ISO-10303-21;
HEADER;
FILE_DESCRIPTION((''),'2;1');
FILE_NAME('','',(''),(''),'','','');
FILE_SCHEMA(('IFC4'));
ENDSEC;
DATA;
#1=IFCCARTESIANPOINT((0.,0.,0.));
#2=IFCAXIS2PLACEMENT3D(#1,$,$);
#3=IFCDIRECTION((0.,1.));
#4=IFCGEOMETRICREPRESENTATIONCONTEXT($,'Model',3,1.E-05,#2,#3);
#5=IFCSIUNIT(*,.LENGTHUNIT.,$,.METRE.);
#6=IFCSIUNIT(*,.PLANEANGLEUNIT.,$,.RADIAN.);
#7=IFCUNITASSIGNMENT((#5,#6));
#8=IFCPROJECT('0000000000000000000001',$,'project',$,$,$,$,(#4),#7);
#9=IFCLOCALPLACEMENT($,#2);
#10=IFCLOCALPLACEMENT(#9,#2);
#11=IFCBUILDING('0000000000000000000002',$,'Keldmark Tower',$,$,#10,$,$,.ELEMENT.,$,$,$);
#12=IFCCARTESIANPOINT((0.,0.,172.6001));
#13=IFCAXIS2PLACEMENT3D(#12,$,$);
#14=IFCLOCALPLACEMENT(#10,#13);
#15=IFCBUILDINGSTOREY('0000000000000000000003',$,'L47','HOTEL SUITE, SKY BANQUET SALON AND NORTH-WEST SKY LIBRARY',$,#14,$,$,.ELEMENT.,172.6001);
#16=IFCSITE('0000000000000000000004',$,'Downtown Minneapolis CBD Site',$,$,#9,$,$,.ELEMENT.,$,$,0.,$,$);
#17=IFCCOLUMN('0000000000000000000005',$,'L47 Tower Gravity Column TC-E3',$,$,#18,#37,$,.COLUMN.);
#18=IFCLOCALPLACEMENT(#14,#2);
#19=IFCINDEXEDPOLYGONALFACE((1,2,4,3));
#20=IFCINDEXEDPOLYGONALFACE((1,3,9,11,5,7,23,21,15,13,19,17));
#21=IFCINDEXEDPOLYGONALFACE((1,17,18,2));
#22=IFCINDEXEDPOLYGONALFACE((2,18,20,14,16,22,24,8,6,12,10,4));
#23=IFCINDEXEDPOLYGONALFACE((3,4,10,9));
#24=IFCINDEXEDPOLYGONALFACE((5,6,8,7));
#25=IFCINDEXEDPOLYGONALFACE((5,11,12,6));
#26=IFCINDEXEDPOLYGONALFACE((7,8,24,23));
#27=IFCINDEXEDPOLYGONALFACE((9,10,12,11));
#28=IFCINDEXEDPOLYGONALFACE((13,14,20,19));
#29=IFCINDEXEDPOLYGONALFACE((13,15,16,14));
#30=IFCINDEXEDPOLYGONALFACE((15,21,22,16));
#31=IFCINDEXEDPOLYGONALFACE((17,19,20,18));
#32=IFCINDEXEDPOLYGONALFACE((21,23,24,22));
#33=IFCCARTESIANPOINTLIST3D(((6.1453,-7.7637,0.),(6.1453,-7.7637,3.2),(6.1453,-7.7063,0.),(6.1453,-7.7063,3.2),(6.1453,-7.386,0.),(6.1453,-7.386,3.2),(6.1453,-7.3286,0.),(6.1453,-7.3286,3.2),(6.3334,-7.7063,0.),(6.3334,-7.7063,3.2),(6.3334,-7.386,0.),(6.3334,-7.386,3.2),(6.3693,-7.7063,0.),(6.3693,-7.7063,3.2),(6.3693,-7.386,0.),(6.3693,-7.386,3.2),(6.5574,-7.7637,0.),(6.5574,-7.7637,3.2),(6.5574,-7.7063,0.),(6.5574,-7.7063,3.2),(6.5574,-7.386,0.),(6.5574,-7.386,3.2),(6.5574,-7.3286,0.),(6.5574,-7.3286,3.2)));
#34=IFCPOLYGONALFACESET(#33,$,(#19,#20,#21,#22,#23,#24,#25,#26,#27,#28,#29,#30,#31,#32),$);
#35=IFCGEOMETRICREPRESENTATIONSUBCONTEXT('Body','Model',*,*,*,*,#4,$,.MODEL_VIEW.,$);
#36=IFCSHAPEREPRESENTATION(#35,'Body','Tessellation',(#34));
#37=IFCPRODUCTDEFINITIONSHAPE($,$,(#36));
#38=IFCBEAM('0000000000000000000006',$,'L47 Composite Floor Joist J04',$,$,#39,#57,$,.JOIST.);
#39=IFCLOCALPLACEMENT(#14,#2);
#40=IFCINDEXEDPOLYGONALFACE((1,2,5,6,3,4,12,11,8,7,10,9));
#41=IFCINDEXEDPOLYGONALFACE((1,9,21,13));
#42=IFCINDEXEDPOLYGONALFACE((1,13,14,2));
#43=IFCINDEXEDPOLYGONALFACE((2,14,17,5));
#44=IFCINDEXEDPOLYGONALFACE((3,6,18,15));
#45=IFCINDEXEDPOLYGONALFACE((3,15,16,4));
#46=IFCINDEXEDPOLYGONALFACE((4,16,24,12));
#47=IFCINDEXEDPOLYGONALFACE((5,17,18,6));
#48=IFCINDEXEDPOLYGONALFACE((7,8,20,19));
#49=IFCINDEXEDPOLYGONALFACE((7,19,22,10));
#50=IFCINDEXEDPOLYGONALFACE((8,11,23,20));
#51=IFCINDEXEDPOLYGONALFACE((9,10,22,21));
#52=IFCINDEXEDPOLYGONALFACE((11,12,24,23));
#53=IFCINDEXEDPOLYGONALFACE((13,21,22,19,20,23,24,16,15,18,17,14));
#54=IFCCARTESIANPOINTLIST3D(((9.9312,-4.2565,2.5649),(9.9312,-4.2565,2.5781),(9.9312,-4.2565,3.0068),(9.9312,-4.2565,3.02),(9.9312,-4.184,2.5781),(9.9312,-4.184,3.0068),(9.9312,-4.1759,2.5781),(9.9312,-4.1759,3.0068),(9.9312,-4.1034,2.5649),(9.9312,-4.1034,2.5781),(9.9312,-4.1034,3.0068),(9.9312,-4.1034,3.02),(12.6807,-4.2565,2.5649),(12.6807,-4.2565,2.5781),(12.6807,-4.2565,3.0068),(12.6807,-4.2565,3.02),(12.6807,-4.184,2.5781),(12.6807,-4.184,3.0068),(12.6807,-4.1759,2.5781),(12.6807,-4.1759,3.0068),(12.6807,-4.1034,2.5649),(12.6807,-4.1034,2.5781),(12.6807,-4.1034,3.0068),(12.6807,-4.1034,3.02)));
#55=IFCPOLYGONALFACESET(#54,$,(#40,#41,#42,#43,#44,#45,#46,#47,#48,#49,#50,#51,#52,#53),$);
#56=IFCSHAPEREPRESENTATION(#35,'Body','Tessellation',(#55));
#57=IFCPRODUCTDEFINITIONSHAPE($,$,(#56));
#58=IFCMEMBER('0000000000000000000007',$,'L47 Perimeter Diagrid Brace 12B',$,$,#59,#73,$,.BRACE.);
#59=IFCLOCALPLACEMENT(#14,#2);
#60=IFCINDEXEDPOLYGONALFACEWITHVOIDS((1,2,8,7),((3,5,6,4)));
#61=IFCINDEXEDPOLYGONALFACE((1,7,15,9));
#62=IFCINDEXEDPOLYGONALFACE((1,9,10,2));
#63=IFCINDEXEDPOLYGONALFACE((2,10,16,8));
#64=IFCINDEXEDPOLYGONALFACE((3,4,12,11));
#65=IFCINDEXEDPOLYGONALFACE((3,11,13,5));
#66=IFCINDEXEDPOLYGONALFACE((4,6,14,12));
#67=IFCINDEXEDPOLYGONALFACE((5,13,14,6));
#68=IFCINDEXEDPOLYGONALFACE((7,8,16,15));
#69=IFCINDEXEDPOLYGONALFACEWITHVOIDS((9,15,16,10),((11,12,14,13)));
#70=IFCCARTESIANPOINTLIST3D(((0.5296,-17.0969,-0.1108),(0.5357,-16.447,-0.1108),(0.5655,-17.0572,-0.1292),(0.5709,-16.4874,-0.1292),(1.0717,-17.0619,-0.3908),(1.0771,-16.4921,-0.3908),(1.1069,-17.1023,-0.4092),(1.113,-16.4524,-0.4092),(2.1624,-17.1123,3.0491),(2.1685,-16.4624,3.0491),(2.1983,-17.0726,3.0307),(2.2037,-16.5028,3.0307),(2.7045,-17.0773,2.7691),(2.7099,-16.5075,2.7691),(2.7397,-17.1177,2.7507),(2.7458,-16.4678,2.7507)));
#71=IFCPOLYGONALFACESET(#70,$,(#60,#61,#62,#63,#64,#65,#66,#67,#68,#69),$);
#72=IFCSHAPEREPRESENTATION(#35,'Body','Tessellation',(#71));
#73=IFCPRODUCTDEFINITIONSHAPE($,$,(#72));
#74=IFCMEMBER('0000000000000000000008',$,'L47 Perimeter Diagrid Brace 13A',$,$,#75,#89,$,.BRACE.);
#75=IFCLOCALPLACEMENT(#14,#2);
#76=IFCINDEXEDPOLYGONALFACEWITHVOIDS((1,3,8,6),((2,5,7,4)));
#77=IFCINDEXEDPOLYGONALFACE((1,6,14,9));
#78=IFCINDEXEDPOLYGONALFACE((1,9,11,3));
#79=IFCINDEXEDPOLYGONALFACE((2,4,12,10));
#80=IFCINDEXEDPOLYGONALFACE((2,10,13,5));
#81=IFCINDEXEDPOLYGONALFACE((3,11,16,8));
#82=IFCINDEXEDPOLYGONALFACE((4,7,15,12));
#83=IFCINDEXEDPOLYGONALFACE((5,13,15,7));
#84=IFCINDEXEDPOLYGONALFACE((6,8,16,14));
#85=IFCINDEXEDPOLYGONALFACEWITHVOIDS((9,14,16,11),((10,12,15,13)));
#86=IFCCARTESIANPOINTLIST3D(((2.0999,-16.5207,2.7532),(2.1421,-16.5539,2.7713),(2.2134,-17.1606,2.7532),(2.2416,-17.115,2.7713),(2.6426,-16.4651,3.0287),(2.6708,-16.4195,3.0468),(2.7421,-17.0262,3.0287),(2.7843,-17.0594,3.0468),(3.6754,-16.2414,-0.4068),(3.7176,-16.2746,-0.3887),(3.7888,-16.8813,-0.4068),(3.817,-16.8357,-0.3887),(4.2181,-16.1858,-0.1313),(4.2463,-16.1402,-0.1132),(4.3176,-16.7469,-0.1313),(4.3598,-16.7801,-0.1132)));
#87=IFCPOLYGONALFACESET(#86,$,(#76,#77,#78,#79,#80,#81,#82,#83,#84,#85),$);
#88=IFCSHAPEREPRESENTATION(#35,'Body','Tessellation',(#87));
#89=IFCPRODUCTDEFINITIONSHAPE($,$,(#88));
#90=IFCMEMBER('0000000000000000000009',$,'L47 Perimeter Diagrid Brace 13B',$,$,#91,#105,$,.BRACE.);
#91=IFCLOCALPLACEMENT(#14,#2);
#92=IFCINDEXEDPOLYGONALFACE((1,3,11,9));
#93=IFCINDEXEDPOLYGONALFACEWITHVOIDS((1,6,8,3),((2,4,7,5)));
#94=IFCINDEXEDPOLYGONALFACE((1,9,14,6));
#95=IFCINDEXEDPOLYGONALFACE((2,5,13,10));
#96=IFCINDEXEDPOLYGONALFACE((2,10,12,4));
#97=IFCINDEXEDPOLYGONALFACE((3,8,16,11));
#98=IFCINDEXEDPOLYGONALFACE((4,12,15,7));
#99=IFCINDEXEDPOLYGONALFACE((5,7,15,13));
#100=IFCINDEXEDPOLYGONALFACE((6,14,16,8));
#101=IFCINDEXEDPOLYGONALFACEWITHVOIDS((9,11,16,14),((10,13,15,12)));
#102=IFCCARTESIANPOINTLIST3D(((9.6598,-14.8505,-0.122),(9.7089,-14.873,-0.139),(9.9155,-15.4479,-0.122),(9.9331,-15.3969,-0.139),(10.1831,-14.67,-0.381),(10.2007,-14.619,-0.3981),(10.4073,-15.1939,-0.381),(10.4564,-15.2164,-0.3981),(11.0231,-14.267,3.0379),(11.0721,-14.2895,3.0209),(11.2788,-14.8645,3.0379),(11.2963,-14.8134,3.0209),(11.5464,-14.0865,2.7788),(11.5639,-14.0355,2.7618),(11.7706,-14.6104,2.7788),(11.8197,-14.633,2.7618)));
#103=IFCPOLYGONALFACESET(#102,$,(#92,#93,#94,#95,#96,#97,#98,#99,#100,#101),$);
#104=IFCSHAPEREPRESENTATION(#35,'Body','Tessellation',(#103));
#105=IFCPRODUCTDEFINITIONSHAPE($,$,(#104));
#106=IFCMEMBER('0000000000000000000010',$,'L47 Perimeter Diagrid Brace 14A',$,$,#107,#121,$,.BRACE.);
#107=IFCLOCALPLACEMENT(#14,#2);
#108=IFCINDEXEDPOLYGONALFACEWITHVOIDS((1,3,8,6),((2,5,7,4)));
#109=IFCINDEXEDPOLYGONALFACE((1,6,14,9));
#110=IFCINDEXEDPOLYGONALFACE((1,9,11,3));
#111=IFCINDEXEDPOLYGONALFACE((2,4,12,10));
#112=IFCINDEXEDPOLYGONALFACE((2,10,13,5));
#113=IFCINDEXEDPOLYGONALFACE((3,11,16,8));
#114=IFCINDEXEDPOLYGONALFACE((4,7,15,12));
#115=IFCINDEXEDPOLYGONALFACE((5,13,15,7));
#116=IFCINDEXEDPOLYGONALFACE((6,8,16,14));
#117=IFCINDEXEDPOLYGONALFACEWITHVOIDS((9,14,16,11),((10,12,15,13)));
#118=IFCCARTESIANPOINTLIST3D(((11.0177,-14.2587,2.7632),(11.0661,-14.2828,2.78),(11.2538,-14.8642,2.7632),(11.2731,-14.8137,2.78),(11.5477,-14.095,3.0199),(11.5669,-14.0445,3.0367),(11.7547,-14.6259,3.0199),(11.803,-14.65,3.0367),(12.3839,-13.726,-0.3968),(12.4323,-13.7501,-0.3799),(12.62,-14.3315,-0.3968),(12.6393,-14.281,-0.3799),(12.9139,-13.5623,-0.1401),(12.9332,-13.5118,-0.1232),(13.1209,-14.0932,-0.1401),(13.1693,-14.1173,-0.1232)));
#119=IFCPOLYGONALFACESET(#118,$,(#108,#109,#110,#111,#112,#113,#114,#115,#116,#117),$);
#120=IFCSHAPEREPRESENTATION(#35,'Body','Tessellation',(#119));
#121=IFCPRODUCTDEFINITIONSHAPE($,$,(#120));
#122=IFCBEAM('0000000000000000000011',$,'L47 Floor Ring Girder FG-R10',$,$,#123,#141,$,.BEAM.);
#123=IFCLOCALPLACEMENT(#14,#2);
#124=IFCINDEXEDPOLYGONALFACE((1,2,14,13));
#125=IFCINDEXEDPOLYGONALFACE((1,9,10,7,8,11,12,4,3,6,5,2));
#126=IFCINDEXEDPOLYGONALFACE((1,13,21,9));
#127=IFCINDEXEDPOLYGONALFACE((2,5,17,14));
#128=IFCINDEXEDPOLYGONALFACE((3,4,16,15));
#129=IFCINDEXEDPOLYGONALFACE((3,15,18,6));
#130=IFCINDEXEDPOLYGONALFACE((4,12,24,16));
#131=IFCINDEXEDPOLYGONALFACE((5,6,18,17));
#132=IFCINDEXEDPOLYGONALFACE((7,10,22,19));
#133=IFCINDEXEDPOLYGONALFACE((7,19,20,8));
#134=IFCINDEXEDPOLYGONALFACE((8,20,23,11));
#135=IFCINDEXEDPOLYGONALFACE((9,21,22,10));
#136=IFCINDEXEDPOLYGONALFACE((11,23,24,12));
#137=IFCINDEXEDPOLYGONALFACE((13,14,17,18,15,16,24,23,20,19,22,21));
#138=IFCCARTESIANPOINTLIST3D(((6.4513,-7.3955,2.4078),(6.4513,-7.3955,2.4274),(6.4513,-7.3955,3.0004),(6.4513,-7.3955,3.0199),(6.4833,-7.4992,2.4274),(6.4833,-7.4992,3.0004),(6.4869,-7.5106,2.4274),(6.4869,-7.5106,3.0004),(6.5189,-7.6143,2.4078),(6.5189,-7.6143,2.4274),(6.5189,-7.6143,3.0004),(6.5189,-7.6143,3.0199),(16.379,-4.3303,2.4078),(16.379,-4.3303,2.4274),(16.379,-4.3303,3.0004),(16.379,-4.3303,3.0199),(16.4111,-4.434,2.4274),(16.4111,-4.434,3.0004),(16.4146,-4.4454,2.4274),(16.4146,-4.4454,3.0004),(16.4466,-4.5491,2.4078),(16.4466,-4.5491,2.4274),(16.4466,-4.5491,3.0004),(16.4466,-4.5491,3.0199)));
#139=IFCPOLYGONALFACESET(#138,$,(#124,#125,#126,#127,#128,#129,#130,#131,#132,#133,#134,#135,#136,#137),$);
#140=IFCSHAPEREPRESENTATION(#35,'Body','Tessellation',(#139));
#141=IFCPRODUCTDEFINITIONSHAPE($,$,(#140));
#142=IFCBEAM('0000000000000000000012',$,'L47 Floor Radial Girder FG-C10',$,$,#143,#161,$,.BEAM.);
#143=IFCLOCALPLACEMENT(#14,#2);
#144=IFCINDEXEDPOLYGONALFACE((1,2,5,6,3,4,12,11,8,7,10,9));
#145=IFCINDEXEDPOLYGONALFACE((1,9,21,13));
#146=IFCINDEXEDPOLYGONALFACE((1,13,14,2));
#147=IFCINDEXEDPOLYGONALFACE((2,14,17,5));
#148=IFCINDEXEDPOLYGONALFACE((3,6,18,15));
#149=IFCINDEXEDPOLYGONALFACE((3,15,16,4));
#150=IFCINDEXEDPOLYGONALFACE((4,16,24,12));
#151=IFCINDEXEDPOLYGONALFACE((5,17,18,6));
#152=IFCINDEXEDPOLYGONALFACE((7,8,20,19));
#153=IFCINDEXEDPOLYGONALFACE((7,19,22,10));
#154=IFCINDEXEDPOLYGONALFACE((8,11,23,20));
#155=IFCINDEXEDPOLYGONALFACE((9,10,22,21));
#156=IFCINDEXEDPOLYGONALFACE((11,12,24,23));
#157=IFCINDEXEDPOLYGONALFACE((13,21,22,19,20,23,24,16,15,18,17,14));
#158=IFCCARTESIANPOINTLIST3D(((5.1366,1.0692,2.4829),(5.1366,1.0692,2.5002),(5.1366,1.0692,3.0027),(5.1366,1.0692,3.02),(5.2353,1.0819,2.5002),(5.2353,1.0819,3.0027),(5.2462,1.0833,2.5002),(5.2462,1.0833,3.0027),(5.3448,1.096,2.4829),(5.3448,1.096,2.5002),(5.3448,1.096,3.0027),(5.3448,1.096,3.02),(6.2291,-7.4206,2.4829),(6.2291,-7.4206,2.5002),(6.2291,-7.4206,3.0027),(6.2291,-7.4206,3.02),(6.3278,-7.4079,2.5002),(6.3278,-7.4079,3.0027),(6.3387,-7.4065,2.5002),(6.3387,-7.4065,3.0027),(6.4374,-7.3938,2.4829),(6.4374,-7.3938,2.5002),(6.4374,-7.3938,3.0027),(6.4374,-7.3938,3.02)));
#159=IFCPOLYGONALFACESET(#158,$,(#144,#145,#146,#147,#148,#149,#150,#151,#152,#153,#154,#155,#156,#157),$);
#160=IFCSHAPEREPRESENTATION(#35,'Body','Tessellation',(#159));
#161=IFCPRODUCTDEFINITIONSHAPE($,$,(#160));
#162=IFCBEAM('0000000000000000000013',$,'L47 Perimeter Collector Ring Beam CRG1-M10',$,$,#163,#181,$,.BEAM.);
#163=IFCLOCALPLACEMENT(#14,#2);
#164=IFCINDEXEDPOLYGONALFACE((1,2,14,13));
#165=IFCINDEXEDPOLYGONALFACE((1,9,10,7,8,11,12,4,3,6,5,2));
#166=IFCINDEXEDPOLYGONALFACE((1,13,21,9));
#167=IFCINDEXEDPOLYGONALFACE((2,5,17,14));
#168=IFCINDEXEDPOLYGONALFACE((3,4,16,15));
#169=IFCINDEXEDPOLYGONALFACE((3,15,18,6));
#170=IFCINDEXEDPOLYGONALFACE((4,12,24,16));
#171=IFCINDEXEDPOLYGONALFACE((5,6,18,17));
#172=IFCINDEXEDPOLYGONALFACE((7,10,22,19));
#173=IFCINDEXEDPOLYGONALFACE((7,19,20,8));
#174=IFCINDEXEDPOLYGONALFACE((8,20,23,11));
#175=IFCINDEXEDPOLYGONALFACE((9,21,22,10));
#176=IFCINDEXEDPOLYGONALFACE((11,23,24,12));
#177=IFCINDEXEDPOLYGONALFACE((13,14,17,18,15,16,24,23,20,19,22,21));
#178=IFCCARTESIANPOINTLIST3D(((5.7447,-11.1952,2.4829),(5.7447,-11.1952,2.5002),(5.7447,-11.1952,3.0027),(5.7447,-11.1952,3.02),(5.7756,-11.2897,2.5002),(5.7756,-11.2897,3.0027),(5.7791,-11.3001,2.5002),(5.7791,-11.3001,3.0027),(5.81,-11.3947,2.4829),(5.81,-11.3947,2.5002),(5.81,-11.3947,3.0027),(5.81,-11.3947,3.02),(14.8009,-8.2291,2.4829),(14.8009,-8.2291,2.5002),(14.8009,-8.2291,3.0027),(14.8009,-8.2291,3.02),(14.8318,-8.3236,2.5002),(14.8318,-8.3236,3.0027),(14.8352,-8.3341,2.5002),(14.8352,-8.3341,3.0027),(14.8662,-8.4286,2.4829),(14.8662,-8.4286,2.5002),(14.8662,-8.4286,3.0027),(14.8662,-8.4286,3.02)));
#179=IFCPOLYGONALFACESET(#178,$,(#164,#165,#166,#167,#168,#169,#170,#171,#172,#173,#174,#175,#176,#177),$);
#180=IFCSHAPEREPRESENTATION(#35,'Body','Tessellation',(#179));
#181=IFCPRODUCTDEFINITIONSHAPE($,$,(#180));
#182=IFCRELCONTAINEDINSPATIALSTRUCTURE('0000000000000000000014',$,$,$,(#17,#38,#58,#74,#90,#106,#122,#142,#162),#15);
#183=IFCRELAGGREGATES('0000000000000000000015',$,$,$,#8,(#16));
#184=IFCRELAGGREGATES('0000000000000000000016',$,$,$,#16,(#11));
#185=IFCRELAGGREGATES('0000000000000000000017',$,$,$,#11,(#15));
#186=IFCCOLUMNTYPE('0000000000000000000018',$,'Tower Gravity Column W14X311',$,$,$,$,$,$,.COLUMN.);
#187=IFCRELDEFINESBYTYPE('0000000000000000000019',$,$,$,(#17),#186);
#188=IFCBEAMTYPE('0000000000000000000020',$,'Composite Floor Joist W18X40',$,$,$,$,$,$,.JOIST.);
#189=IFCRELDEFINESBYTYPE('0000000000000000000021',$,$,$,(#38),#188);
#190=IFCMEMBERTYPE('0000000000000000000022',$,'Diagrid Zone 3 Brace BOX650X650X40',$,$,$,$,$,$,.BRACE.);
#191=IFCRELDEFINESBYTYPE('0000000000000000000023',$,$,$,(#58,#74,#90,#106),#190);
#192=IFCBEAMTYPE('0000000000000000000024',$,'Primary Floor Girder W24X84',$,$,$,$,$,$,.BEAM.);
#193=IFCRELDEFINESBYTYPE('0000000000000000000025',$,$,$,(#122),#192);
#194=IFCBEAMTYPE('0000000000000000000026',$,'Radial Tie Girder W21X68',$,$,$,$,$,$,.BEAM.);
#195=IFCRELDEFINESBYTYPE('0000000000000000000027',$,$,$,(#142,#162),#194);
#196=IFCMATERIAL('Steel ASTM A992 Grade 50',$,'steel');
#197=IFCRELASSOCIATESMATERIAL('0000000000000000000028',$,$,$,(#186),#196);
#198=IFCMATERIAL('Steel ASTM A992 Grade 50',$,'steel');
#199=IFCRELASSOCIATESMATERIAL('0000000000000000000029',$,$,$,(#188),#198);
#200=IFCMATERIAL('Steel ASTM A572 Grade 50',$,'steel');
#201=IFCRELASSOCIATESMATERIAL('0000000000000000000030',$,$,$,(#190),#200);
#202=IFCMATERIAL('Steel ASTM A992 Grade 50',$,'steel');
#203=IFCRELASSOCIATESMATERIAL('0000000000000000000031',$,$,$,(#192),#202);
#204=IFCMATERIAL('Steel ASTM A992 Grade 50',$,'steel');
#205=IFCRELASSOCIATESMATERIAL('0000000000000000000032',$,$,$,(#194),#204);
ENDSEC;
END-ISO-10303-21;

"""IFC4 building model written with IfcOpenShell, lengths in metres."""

from ifc_helpers import new_model, si_unit, direction, frame, origin, origin_2d, place, context, subcontext, project, spatial, hollow_rectangle, i_section, extrude, material, material_profile, profile_set, type_object, element, save


model = new_model("IFC4")

# Units and contexts
model_context = context("Model", 3, precision=1e-05, world=origin(), true_north=direction((0.0, 1.0)))
body_context = subcontext(model_context, "Body", "Model", "MODEL_VIEW")
ifc_project = project(units=[si_unit("LENGTHUNIT", "METRE"), si_unit("PLANEANGLEUNIT", "RADIAN")], contexts=[model_context])

# Site, building, storey
site_placement = place(None, origin())
site = spatial("IfcSite", under=ifc_project, at=site_placement, Name="Downtown Minneapolis CBD Site", CompositionType="ELEMENT", RefElevation=0.0)
building_placement = place(site_placement, origin())
building = spatial("IfcBuilding", under=site, at=building_placement, Name="Keldmark Tower", CompositionType="ELEMENT")
storey_placement = place(building_placement, frame((0.0, 0.0, 172.6001)))
storey = spatial("IfcBuildingStorey", under=building, at=storey_placement, Name="L47", Description="HOTEL SUITE, SKY BANQUET SALON AND NORTH-WEST SKY LIBRARY", CompositionType="ELEMENT", Elevation=172.6001)

# Column
ifc_material_1 = material(Name="Steel ASTM A992 Grade 50", Category="steel")
ifc_material_profile_1 = material_profile(ifc_material_1, i_section(OverallWidth=0.4121, OverallDepth=0.4351, WebThickness=0.0359, FlangeThickness=0.0574, at=origin_2d()), Name="W14X311")
ifc_profile_set_1 = profile_set([ifc_material_profile_1], Name="Steel ASTM A992 Grade 50")
column_type = type_object("IfcColumnType", Name="Tower Gravity Column W14X311", PredefinedType="COLUMN", material=ifc_profile_set_1)
column_placement = place(storey_placement, frame((6.3513, -7.5461, 0.0), z_axis=(0.0, 0.0, 1.0), x_axis=(1.0, 0.0, 0.0)))
element("IfcColumn", 1, at=column_placement, inside=storey, type_object=column_type, Name="L47 Tower Gravity Column TC-E3", PredefinedType="COLUMN", context=body_context, shape_type="SweptSolid", body=[
    extrude(i_section(OverallWidth=0.4121, OverallDepth=0.4351, WebThickness=0.0359, FlangeThickness=0.0574, at=origin_2d()), origin(), (0.0, 0.0, 1.0), 3.2),
])

# Beam
ifc_material_2 = material(Name="Steel ASTM A992 Grade 50", Category="steel")
ifc_material_profile_2 = material_profile(ifc_material_2, i_section(OverallWidth=0.1531, OverallDepth=0.4551, WebThickness=0.0081, FlangeThickness=0.0132, at=origin_2d()), Name="W18X40")
ifc_profile_set_2 = profile_set([ifc_material_profile_2], Name="Steel ASTM A992 Grade 50")
beam_type_1 = type_object("IfcBeamType", Name="Composite Floor Joist W18X40", PredefinedType="JOIST", material=ifc_profile_set_2)
beam_1_placement = place(storey_placement, frame((9.9312, -4.1799, 2.7925), z_axis=(1.0, 0.0, 0.0), x_axis=(0.0, 1.0, 0.0)))
element("IfcBeam", 2, at=beam_1_placement, inside=storey, type_object=beam_type_1, Name="L47 Composite Floor Joist J04", PredefinedType="JOIST", context=body_context, shape_type="SweptSolid", body=[
    extrude(i_section(OverallWidth=0.1531, OverallDepth=0.4551, WebThickness=0.0081, FlangeThickness=0.0132, at=origin_2d()), origin(), (0.0, 0.0, 1.0), 2.7495),
])

# Members
ifc_material_3 = material(Name="Steel ASTM A572 Grade 50", Category="steel")
ifc_material_profile_3 = material_profile(ifc_material_3, hollow_rectangle(XDim=0.6499, YDim=0.6499, WallThickness=0.04, at=origin_2d()), Name="BOX650X650X40")
ifc_profile_set_3 = profile_set([ifc_material_profile_3], Name="Steel ASTM A572 Grade 50")
member_type = type_object("IfcMemberType", Name="Diagrid Zone 3 Brace BOX650X650X40", PredefinedType="BRACE", material=ifc_profile_set_3)
member_1_placement = place(storey_placement, frame((0.8213, -16.7747, -0.26), z_axis=(0.459058, -0.004324, 0.888396), x_axis=(0.009419, 0.999956, 0.0)))
element("IfcMember", 3, at=member_1_placement, inside=storey, type_object=member_type, Name="L47 Perimeter Diagrid Brace 12B", PredefinedType="BRACE", context=body_context, shape_type="SweptSolid", body=[
    extrude(hollow_rectangle(XDim=0.6499, YDim=0.6499, WallThickness=0.04, at=origin_2d()), origin(), (0.0, 0.0, 1.0), 3.5569),
])
member_2_placement = place(storey_placement, frame((4.0176, -16.5107, -0.26), z_axis=(-0.444801, -0.078855, 0.892152), x_axis=(0.17456, -0.984647, 0.0)))
element("IfcMember", 4, at=member_2_placement, inside=storey, type_object=member_type, Name="L47 Perimeter Diagrid Brace 13A", PredefinedType="BRACE", context=body_context, shape_type="SweptSolid", body=[
    extrude(hollow_rectangle(XDim=0.6499, YDim=0.6499, WallThickness=0.04, at=origin_2d()), origin(), (0.0, 0.0, 1.0), 3.542),
])
member_3_placement = place(storey_placement, frame((10.0581, -15.0334, -0.26), z_axis=(0.390562, 0.167164, 0.905272), x_axis=(-0.393482, 0.919332, 0.0)))
element("IfcMember", 5, at=member_3_placement, inside=storey, type_object=member_type, Name="L47 Perimeter Diagrid Brace 13B", PredefinedType="BRACE", context=body_context, shape_type="SweptSolid", body=[
    extrude(hollow_rectangle(XDim=0.6499, YDim=0.6499, WallThickness=0.04, at=origin_2d()), origin(), (0.0, 0.0, 1.0), 3.4905),
])
member_4_placement = place(storey_placement, frame((12.7766, -13.9216, -0.26), z_axis=(-0.392185, -0.152921, 0.907086), x_axis=(0.363282, -0.931679, 0.0)))
element("IfcMember", 6, at=member_4_placement, inside=storey, type_object=member_type, Name="L47 Perimeter Diagrid Brace 14A", PredefinedType="BRACE", context=body_context, shape_type="SweptSolid", body=[
    extrude(hollow_rectangle(XDim=0.6499, YDim=0.6499, WallThickness=0.04, at=origin_2d()), origin(), (0.0, 0.0, 1.0), 3.4836),
])

# Beams
ifc_material_4 = material(Name="Steel ASTM A992 Grade 50", Category="steel")
ifc_material_profile_4 = material_profile(ifc_material_4, i_section(OverallWidth=0.229, OverallDepth=0.6121, WebThickness=0.012, FlangeThickness=0.0195, at=origin_2d()), Name="W24X84")
ifc_profile_set_4 = profile_set([ifc_material_profile_4], Name="Steel ASTM A992 Grade 50")
beam_type_2 = type_object("IfcBeamType", Name="Primary Floor Girder W24X84", PredefinedType="BEAM", material=ifc_profile_set_4)
beam_2_placement = place(storey_placement, frame((6.4851, -7.5049, 2.7139), z_axis=(0.955495, 0.295009, 0.0), x_axis=(-0.295009, 0.955495, 0.0)))
element("IfcBeam", 7, at=beam_2_placement, inside=storey, type_object=beam_type_2, Name="L47 Floor Ring Girder FG-R10", PredefinedType="BEAM", context=body_context, shape_type="SweptSolid", body=[
    extrude(i_section(OverallWidth=0.229, OverallDepth=0.6121, WebThickness=0.012, FlangeThickness=0.0195, at=origin_2d()), origin(), (0.0, 0.0, 1.0), 10.3901),
])
ifc_material_5 = material(Name="Steel ASTM A992 Grade 50", Category="steel")
ifc_material_profile_5 = material_profile(ifc_material_5, i_section(OverallWidth=0.21, OverallDepth=0.5371, WebThickness=0.011, FlangeThickness=0.0173, at=origin_2d()), Name="W21X68")
ifc_profile_set_5 = profile_set([ifc_material_profile_5], Name="Steel ASTM A992 Grade 50")
beam_type_3 = type_object("IfcBeamType", Name="Radial Tie Girder W21X68", PredefinedType="BEAM", material=ifc_profile_set_5)
beam_3_placement = place(storey_placement, frame((6.3333, -7.4072, 2.7515), z_axis=(-0.127636, 0.991821, 0.0), x_axis=(-0.991821, -0.127636, 0.0)))
element("IfcBeam", 8, at=beam_3_placement, inside=storey, type_object=beam_type_3, Name="L47 Floor Radial Girder FG-C10", PredefinedType="BEAM", context=body_context, shape_type="SweptSolid", body=[
    extrude(i_section(OverallWidth=0.21, OverallDepth=0.5371, WebThickness=0.011, FlangeThickness=0.0173, at=origin_2d()), origin(), (0.0, 0.0, 1.0), 8.5598),
])
beam_4_placement = place(storey_placement, frame((5.7773, -11.2949, 2.7515), z_axis=(0.950328, 0.311251, 0.0), x_axis=(-0.311251, 0.950328, 0.0)))
element("IfcBeam", 9, at=beam_4_placement, inside=storey, type_object=beam_type_3, Name="L47 Perimeter Collector Ring Beam CRG1-M10", PredefinedType="BEAM", context=body_context, shape_type="SweptSolid", body=[
    extrude(i_section(OverallWidth=0.21, OverallDepth=0.5371, WebThickness=0.011, FlangeThickness=0.0173, at=origin_2d()), origin(), (0.0, 0.0, 1.0), 9.5295),
])

save(model, "model.ifc")
